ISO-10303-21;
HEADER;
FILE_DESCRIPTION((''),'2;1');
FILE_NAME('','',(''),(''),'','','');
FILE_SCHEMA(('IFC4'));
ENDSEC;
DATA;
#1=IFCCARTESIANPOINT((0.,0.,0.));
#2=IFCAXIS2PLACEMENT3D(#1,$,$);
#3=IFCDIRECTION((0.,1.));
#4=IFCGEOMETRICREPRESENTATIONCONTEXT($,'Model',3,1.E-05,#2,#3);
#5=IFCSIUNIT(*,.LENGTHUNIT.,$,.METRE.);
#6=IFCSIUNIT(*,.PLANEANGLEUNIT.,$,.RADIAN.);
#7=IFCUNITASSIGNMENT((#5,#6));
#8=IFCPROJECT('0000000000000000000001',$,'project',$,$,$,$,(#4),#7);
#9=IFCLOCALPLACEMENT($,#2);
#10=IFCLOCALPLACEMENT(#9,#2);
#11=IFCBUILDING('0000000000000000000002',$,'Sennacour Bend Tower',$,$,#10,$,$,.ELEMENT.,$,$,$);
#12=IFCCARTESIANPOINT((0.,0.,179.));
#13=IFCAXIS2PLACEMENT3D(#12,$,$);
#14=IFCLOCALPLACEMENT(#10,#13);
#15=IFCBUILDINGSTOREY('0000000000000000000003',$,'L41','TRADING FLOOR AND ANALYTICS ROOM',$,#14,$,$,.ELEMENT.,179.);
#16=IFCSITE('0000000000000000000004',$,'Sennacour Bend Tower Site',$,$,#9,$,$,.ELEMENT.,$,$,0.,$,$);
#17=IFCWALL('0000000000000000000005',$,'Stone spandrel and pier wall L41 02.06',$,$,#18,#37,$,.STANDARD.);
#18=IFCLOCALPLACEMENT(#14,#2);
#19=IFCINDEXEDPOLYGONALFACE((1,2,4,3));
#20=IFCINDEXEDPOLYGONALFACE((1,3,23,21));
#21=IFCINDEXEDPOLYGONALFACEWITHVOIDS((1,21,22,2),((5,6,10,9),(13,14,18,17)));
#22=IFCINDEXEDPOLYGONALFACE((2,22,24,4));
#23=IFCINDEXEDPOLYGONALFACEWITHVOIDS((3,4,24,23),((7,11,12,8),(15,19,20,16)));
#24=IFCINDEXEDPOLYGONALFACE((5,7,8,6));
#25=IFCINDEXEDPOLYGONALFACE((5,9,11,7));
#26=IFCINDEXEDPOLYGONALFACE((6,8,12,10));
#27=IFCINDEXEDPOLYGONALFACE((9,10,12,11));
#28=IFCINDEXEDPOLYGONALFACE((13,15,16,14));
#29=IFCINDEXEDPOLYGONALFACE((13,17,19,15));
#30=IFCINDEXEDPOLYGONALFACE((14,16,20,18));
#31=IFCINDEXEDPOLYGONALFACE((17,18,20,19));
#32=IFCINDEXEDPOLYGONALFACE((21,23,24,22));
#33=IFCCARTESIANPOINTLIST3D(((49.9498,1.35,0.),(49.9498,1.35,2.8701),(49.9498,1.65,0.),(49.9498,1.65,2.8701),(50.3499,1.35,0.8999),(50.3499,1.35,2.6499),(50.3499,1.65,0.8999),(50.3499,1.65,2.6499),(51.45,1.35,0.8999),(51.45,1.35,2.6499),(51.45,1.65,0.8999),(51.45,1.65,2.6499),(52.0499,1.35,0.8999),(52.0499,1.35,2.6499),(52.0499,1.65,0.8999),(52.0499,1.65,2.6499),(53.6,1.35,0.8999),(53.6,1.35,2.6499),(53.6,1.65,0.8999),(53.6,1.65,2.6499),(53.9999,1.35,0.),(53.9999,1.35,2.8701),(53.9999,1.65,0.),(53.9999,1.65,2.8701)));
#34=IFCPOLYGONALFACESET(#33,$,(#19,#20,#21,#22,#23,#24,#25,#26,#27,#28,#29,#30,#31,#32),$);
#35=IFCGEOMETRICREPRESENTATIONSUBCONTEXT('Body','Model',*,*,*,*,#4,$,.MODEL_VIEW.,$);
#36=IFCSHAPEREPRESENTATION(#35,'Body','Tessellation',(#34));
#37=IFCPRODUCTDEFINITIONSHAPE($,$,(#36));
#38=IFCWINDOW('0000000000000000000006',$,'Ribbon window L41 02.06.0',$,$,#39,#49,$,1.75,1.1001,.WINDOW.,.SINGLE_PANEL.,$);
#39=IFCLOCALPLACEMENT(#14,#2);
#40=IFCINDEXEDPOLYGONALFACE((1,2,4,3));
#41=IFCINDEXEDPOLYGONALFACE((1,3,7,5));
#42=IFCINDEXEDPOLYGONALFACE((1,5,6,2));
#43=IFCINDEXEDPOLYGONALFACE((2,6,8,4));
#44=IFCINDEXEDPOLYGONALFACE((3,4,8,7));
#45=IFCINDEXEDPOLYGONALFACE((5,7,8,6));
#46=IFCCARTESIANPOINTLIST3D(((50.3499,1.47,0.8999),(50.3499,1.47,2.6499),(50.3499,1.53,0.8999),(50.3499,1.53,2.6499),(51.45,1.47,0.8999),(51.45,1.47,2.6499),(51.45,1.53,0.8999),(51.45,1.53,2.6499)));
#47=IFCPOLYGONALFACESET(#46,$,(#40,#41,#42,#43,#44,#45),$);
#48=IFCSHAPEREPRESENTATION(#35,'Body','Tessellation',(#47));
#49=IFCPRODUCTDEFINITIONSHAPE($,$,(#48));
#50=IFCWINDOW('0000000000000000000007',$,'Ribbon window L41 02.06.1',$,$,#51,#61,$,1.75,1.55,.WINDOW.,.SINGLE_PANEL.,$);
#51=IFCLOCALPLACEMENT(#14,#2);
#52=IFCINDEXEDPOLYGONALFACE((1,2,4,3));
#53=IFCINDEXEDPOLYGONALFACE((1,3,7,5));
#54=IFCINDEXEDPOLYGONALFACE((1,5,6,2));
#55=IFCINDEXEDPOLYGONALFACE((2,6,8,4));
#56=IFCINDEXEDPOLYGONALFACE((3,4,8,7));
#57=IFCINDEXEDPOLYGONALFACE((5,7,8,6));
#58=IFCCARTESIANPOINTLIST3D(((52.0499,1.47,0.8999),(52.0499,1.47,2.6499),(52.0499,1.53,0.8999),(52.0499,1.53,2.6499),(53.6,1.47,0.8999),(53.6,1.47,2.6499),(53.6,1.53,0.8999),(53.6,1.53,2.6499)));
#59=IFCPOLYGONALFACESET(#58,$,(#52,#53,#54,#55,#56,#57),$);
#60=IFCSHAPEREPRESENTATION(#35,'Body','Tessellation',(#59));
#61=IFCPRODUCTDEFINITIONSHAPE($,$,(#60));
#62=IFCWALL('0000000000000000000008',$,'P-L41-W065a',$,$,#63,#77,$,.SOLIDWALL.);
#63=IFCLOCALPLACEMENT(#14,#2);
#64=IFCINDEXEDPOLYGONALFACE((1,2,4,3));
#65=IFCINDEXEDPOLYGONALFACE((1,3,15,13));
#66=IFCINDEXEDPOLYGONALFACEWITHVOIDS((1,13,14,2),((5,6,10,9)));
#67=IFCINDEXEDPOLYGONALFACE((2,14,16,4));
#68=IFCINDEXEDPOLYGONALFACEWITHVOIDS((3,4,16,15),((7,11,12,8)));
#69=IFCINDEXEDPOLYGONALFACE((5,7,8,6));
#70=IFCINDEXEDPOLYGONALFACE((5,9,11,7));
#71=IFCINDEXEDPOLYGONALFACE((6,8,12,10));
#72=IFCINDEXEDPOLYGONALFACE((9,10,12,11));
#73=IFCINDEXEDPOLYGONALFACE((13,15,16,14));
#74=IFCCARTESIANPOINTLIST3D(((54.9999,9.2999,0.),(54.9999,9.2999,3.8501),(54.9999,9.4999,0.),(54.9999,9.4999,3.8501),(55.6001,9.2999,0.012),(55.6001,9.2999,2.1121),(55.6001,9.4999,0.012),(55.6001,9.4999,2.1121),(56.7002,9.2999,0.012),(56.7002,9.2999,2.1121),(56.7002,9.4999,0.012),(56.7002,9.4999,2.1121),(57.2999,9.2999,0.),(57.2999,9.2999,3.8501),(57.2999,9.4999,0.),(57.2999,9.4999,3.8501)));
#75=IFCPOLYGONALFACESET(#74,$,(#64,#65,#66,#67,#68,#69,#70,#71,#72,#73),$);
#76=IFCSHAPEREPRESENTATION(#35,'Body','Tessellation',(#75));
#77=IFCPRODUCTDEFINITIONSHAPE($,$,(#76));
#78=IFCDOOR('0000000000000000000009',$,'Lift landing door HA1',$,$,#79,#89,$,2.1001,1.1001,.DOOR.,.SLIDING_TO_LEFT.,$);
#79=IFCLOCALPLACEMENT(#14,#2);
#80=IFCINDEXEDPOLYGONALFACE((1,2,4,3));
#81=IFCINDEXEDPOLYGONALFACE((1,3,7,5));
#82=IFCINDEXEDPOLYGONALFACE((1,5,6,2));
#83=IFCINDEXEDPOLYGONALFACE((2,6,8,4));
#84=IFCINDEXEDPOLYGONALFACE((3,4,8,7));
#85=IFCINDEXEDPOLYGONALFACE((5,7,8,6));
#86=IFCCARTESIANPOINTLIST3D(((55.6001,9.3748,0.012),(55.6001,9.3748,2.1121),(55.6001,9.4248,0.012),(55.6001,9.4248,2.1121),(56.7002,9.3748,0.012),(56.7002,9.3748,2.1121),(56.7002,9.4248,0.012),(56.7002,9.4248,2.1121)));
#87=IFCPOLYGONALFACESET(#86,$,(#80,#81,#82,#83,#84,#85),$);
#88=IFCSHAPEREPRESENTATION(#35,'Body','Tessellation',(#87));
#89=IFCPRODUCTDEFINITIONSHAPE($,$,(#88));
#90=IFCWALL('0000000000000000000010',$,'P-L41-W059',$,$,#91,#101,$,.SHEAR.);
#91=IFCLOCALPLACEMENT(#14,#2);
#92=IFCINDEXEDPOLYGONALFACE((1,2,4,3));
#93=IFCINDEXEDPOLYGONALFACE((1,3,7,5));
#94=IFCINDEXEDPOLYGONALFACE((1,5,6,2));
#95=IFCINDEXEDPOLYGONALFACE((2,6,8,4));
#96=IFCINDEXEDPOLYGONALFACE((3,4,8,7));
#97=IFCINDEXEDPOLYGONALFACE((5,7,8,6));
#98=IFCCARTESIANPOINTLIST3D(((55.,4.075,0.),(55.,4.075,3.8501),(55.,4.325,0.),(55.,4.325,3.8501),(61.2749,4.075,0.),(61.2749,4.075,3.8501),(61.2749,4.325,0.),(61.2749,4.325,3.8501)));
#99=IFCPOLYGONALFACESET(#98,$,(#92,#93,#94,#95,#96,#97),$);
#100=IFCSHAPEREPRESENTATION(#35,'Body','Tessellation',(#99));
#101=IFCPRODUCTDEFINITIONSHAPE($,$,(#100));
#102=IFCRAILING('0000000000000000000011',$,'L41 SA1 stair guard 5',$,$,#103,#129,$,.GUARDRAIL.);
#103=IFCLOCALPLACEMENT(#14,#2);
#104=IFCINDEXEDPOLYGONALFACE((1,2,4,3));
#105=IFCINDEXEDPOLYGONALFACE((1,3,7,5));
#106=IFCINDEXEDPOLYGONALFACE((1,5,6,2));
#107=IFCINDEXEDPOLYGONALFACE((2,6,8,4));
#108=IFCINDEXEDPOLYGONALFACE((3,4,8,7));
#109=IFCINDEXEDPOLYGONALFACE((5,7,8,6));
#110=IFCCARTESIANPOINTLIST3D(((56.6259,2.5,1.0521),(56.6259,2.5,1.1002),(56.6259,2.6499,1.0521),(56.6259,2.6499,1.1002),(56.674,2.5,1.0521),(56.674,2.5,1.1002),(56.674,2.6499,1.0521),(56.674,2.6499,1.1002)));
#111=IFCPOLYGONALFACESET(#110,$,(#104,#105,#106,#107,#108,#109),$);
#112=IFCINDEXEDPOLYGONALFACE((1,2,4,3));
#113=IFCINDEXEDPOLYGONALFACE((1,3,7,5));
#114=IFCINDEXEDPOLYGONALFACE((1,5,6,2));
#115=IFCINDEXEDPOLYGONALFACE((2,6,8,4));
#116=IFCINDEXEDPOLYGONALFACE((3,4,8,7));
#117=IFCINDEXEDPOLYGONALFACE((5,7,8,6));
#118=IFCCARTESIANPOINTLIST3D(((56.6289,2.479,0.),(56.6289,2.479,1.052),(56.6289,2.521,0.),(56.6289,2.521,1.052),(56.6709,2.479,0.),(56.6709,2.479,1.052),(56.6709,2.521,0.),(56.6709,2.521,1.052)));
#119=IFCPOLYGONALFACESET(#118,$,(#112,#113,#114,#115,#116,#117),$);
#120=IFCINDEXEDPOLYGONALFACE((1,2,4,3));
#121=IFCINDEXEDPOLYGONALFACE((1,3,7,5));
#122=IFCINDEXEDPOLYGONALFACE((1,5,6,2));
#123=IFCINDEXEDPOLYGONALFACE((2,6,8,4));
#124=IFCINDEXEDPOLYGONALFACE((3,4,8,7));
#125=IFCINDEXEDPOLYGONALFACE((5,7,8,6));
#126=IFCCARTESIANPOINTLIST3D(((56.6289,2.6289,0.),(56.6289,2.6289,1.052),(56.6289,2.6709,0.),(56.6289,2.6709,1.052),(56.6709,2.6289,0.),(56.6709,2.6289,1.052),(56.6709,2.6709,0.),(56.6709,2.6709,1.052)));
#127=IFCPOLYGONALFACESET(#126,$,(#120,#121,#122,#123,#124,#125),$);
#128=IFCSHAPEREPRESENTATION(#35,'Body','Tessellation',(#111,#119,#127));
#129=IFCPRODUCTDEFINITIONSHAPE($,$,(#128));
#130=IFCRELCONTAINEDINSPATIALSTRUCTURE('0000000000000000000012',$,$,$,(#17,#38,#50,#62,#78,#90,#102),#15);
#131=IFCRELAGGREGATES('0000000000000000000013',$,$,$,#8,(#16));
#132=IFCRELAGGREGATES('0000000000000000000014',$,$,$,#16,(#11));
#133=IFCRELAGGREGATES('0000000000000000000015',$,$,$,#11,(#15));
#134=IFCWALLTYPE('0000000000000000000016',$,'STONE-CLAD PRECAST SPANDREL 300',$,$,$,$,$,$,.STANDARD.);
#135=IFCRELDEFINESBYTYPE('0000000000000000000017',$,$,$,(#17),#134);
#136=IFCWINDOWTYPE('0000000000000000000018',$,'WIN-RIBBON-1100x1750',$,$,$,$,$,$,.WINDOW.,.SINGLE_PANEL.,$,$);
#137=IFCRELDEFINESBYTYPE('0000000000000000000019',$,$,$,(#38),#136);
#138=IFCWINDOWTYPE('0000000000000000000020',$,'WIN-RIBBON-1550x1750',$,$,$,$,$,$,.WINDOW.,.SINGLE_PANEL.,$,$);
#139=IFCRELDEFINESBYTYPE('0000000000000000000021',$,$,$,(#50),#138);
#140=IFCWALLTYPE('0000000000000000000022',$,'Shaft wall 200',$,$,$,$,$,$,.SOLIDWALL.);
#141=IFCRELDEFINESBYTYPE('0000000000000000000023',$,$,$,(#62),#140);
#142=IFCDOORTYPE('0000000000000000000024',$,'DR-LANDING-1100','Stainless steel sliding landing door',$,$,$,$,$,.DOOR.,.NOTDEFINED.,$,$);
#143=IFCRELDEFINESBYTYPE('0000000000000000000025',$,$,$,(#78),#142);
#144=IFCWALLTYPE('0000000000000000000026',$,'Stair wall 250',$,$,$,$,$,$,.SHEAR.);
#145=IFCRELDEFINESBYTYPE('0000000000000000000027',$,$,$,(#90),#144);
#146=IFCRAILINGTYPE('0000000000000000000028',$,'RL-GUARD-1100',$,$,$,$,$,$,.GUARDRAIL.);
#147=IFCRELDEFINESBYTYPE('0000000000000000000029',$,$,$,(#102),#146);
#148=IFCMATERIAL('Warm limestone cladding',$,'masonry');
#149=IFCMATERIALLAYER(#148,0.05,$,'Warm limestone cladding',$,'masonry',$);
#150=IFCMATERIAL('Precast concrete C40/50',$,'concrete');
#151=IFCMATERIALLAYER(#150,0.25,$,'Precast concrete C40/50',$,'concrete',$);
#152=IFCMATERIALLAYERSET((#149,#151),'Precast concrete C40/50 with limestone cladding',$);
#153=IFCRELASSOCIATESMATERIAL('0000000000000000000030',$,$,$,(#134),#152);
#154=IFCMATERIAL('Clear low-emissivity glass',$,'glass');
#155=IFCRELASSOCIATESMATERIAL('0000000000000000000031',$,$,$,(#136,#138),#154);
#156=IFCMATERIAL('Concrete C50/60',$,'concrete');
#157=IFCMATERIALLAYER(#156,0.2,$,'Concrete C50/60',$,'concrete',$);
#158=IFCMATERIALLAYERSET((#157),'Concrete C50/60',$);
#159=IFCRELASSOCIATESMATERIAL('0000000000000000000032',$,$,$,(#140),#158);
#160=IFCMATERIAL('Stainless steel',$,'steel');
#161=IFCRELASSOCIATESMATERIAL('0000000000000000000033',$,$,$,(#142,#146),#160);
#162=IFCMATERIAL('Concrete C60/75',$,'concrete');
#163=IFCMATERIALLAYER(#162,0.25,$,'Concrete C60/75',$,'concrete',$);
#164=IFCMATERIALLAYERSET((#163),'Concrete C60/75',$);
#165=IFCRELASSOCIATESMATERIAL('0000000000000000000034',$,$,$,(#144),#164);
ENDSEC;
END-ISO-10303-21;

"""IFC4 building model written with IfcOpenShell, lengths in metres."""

from ifc_helpers import new_model, si_unit, direction, frame, frame_2d, origin, origin_2d, place, context, subcontext, project, spatial, rectangle, extrude, material, layer, layer_set, type_object, element, fill, save


model = new_model("IFC4")

# Units and contexts
model_context = context("Model", 3, precision=1e-05, world=origin(), true_north=direction((0.0, 1.0)))
body_context = subcontext(model_context, "Body", "Model", "MODEL_VIEW")
ifc_project = project(units=[si_unit("LENGTHUNIT", "METRE"), si_unit("PLANEANGLEUNIT", "RADIAN")], contexts=[model_context])

# Site, building, storey
site_placement = place(None, origin())
site = spatial("IfcSite", under=ifc_project, at=site_placement, Name="Sennacour Bend Tower Site", CompositionType="ELEMENT", RefElevation=0.0)
building_placement = place(site_placement, origin())
building = spatial("IfcBuilding", under=site, at=building_placement, Name="Sennacour Bend Tower", CompositionType="ELEMENT")
storey_placement = place(building_placement, frame((0.0, 0.0, 179.0)))
storey = spatial("IfcBuildingStorey", under=building, at=storey_placement, Name="L41", Description="TRADING FLOOR AND ANALYTICS ROOM", CompositionType="ELEMENT", Elevation=179.0)

# Shared definitions
ifc_material_1 = material(Name="Concrete C60/75", Category="concrete")

# Wall, openings, windows
ifc_material_2 = material(Name="Warm limestone cladding", Category="masonry")
ifc_layer_1 = layer(ifc_material_2, 0.05, Name="Warm limestone cladding", Category="masonry")
ifc_material_3 = material(Name="Precast concrete C40/50", Category="concrete")
ifc_layer_2 = layer(ifc_material_3, 0.25, Name="Precast concrete C40/50", Category="concrete")
ifc_layer_set_1 = layer_set([ifc_layer_1, ifc_layer_2], Name="Precast concrete C40/50 with limestone cladding")
wall_type_1 = type_object("IfcWallType", Name="STONE-CLAD PRECAST SPANDREL 300", PredefinedType="STANDARD", material=ifc_layer_set_1)
wall_1_placement = place(storey_placement, frame((49.95, 1.5, 0.0), z_axis=(0.0, 0.0, 1.0), x_axis=(1.0, 0.0, 0.0)))
wall_1 = element("IfcWall", 1, at=wall_1_placement, inside=storey, type_object=wall_type_1, Name="Stone spandrel and pier wall L41 02.06", PredefinedType="STANDARD", context=body_context, shape_type="SweptSolid", body=[
    extrude(rectangle(XDim=4.05, YDim=0.3, at=frame_2d((2.0249, 0.0))), origin(), (0.0, 0.0, 1.0), 2.8701),
])
opening_1_placement = place(wall_1_placement, frame((0.3999, 0.0, 0.8999)))
opening_1 = element("IfcOpeningElement", 2, at=opening_1_placement, cuts=wall_1, PredefinedType="OPENING", context=body_context, shape_type="SweptSolid", body=[
    extrude(rectangle(XDim=1.1001, YDim=1.75, at=frame_2d((0.55, 0.875))), frame((0.0, 0.1602, 0.0), z_axis=(0.0, -1.0, 0.0), x_axis=(1.0, 0.0, 0.0)), (0.0, 0.0, 1.0), 0.3201),
])
opening_2_placement = place(wall_1_placement, frame((2.1001, 0.0, 0.8999)))
opening_2 = element("IfcOpeningElement", 3, at=opening_2_placement, cuts=wall_1, PredefinedType="OPENING", context=body_context, shape_type="SweptSolid", body=[
    extrude(rectangle(XDim=1.55, YDim=1.75, at=frame_2d((0.7749, 0.875))), frame((0.0, 0.1602, 0.0), z_axis=(0.0, -1.0, 0.0), x_axis=(1.0, 0.0, 0.0)), (0.0, 0.0, 1.0), 0.3201),
])
ifc_material_4 = material(Name="Clear low-emissivity glass", Category="glass")
window_type_1 = type_object("IfcWindowType", Name="WIN-RIBBON-1100x1750", PartitioningType="SINGLE_PANEL", PredefinedType="WINDOW", material=ifc_material_4)
window_1_placement = place(opening_1_placement, origin())
window_1 = element("IfcWindow", 4, at=window_1_placement, inside=storey, type_object=window_type_1, Name="Ribbon window L41 02.06.0", OverallHeight=1.75, OverallWidth=1.1001, PartitioningType="SINGLE_PANEL", PredefinedType="WINDOW", context=body_context, shape_type="SweptSolid", body=[
    extrude(rectangle(XDim=1.1001, YDim=1.75, at=frame_2d((0.55, 0.875))), frame((0.0, 0.03, 0.0), z_axis=(0.0, -1.0, 0.0), x_axis=(1.0, 0.0, 0.0)), (0.0, 0.0, 1.0), 0.0601),
])
fill(opening_1, window_1)
window_type_2 = type_object("IfcWindowType", Name="WIN-RIBBON-1550x1750", PartitioningType="SINGLE_PANEL", PredefinedType="WINDOW", material=ifc_material_4)
window_2_placement = place(opening_2_placement, origin())
window_2 = element("IfcWindow", 5, at=window_2_placement, inside=storey, type_object=window_type_2, Name="Ribbon window L41 02.06.1", OverallHeight=1.75, OverallWidth=1.55, PartitioningType="SINGLE_PANEL", PredefinedType="WINDOW", context=body_context, shape_type="SweptSolid", body=[
    extrude(rectangle(XDim=1.55, YDim=1.75, at=frame_2d((0.7749, 0.875))), frame((0.0, 0.03, 0.0), z_axis=(0.0, -1.0, 0.0), x_axis=(1.0, 0.0, 0.0)), (0.0, 0.0, 1.0), 0.0601),
])
fill(opening_2, window_2)

# Wall, opening, door
ifc_material_5 = material(Name="Concrete C50/60", Category="concrete")
ifc_layer_3 = layer(ifc_material_5, 0.2, Name="Concrete C50/60", Category="concrete")
ifc_layer_set_2 = layer_set([ifc_layer_3], Name="Concrete C50/60")
wall_type_2 = type_object("IfcWallType", Name="Shaft wall 200", PredefinedType="SOLIDWALL", material=ifc_layer_set_2)
wall_2_placement = place(storey_placement, frame((55.0, 9.3999, 0.0), z_axis=(0.0, 0.0, 1.0), x_axis=(1.0, 0.0, 0.0)))
wall_2 = element("IfcWall", 6, at=wall_2_placement, inside=storey, type_object=wall_type_2, Name="P-L41-W065a", PredefinedType="SOLIDWALL", context=body_context, shape_type="SweptSolid", body=[
    extrude(rectangle(XDim=2.3, YDim=0.2, at=frame_2d((1.1499, 0.0))), origin(), (0.0, 0.0, 1.0), 3.8501),
])
opening_3_placement = place(wall_2_placement, frame((0.6001, 0.0, 0.012)))
opening_3 = element("IfcOpeningElement", 7, at=opening_3_placement, cuts=wall_2, PredefinedType="OPENING", context=body_context, shape_type="SweptSolid", body=[
    extrude(rectangle(XDim=1.1001, YDim=2.1001, at=frame_2d((0.55, 1.05))), frame((0.0, 0.1099, 0.0), z_axis=(0.0, -1.0, 0.0), x_axis=(1.0, 0.0, 0.0)), (0.0, 0.0, 1.0), 0.22),
])
ifc_material_6 = material(Name="Stainless steel", Category="steel")
door_type_1 = type_object("IfcDoorType", Name="DR-LANDING-1100", Description="Stainless steel sliding landing door", OperationType="NOTDEFINED", PredefinedType="DOOR", material=ifc_material_6)
door_1_placement = place(opening_3_placement, origin())
door_1 = element("IfcDoor", 8, at=door_1_placement, inside=storey, type_object=door_type_1, Name="Lift landing door HA1", OperationType="SLIDING_TO_LEFT", OverallHeight=2.1001, OverallWidth=1.1001, PredefinedType="DOOR", context=body_context, shape_type="SweptSolid", body=[
    extrude(rectangle(XDim=1.1001, YDim=2.1001, at=frame_2d((0.55, 1.05))), frame((0.0, 0.0249, 0.0), z_axis=(0.0, -1.0, 0.0), x_axis=(1.0, 0.0, 0.0)), (0.0, 0.0, 1.0), 0.05),
])
fill(opening_3, door_1)

# Wall
ifc_layer_4 = layer(ifc_material_1, 0.25, Name="Concrete C60/75", Category="concrete")
ifc_layer_set_3 = layer_set([ifc_layer_4], Name="Concrete C60/75")
wall_type_3 = type_object("IfcWallType", Name="Stair wall 250", PredefinedType="SHEAR", material=ifc_layer_set_3)
wall_3_placement = place(storey_placement, frame((55.0, 4.2, 0.0), z_axis=(0.0, 0.0, 1.0), x_axis=(1.0, 0.0, 0.0)))
element("IfcWall", 9, at=wall_3_placement, inside=storey, type_object=wall_type_3, Name="P-L41-W059", PredefinedType="SHEAR", context=body_context, shape_type="SweptSolid", body=[
    extrude(rectangle(XDim=6.2749, YDim=0.25, at=frame_2d((3.1375, 0.0))), origin(), (0.0, 0.0, 1.0), 3.8501),
])

# Railing
railing_type = type_object("IfcRailingType", Name="RL-GUARD-1100", PredefinedType="GUARDRAIL", material=ifc_material_6)
railing_placement = place(storey_placement, frame((56.6499, 2.5, 0.0)))
element("IfcRailing", 10, at=railing_placement, inside=storey, type_object=railing_type, Name="L41 SA1 stair guard 5", PredefinedType="GUARDRAIL", context=body_context, shape_type="SweptSolid", body=[
    extrude(rectangle(XDim=0.0481, YDim=0.0481, at=origin_2d()), frame((0.0, 0.0, 1.0762), z_axis=(0.0, 1.0, 0.0), x_axis=(-1.0, 0.0, 0.0)), (0.0, 0.0, 1.0), 0.1499),
    extrude(rectangle(XDim=0.042, YDim=0.042, at=origin_2d()), origin(), (0.0, 0.0, 1.0), 1.052),
    extrude(rectangle(XDim=0.042, YDim=0.042, at=origin_2d()), frame((0.0, 0.1499, 0.0)), (0.0, 0.0, 1.0), 1.052),
])

save(model, "model.ifc")
